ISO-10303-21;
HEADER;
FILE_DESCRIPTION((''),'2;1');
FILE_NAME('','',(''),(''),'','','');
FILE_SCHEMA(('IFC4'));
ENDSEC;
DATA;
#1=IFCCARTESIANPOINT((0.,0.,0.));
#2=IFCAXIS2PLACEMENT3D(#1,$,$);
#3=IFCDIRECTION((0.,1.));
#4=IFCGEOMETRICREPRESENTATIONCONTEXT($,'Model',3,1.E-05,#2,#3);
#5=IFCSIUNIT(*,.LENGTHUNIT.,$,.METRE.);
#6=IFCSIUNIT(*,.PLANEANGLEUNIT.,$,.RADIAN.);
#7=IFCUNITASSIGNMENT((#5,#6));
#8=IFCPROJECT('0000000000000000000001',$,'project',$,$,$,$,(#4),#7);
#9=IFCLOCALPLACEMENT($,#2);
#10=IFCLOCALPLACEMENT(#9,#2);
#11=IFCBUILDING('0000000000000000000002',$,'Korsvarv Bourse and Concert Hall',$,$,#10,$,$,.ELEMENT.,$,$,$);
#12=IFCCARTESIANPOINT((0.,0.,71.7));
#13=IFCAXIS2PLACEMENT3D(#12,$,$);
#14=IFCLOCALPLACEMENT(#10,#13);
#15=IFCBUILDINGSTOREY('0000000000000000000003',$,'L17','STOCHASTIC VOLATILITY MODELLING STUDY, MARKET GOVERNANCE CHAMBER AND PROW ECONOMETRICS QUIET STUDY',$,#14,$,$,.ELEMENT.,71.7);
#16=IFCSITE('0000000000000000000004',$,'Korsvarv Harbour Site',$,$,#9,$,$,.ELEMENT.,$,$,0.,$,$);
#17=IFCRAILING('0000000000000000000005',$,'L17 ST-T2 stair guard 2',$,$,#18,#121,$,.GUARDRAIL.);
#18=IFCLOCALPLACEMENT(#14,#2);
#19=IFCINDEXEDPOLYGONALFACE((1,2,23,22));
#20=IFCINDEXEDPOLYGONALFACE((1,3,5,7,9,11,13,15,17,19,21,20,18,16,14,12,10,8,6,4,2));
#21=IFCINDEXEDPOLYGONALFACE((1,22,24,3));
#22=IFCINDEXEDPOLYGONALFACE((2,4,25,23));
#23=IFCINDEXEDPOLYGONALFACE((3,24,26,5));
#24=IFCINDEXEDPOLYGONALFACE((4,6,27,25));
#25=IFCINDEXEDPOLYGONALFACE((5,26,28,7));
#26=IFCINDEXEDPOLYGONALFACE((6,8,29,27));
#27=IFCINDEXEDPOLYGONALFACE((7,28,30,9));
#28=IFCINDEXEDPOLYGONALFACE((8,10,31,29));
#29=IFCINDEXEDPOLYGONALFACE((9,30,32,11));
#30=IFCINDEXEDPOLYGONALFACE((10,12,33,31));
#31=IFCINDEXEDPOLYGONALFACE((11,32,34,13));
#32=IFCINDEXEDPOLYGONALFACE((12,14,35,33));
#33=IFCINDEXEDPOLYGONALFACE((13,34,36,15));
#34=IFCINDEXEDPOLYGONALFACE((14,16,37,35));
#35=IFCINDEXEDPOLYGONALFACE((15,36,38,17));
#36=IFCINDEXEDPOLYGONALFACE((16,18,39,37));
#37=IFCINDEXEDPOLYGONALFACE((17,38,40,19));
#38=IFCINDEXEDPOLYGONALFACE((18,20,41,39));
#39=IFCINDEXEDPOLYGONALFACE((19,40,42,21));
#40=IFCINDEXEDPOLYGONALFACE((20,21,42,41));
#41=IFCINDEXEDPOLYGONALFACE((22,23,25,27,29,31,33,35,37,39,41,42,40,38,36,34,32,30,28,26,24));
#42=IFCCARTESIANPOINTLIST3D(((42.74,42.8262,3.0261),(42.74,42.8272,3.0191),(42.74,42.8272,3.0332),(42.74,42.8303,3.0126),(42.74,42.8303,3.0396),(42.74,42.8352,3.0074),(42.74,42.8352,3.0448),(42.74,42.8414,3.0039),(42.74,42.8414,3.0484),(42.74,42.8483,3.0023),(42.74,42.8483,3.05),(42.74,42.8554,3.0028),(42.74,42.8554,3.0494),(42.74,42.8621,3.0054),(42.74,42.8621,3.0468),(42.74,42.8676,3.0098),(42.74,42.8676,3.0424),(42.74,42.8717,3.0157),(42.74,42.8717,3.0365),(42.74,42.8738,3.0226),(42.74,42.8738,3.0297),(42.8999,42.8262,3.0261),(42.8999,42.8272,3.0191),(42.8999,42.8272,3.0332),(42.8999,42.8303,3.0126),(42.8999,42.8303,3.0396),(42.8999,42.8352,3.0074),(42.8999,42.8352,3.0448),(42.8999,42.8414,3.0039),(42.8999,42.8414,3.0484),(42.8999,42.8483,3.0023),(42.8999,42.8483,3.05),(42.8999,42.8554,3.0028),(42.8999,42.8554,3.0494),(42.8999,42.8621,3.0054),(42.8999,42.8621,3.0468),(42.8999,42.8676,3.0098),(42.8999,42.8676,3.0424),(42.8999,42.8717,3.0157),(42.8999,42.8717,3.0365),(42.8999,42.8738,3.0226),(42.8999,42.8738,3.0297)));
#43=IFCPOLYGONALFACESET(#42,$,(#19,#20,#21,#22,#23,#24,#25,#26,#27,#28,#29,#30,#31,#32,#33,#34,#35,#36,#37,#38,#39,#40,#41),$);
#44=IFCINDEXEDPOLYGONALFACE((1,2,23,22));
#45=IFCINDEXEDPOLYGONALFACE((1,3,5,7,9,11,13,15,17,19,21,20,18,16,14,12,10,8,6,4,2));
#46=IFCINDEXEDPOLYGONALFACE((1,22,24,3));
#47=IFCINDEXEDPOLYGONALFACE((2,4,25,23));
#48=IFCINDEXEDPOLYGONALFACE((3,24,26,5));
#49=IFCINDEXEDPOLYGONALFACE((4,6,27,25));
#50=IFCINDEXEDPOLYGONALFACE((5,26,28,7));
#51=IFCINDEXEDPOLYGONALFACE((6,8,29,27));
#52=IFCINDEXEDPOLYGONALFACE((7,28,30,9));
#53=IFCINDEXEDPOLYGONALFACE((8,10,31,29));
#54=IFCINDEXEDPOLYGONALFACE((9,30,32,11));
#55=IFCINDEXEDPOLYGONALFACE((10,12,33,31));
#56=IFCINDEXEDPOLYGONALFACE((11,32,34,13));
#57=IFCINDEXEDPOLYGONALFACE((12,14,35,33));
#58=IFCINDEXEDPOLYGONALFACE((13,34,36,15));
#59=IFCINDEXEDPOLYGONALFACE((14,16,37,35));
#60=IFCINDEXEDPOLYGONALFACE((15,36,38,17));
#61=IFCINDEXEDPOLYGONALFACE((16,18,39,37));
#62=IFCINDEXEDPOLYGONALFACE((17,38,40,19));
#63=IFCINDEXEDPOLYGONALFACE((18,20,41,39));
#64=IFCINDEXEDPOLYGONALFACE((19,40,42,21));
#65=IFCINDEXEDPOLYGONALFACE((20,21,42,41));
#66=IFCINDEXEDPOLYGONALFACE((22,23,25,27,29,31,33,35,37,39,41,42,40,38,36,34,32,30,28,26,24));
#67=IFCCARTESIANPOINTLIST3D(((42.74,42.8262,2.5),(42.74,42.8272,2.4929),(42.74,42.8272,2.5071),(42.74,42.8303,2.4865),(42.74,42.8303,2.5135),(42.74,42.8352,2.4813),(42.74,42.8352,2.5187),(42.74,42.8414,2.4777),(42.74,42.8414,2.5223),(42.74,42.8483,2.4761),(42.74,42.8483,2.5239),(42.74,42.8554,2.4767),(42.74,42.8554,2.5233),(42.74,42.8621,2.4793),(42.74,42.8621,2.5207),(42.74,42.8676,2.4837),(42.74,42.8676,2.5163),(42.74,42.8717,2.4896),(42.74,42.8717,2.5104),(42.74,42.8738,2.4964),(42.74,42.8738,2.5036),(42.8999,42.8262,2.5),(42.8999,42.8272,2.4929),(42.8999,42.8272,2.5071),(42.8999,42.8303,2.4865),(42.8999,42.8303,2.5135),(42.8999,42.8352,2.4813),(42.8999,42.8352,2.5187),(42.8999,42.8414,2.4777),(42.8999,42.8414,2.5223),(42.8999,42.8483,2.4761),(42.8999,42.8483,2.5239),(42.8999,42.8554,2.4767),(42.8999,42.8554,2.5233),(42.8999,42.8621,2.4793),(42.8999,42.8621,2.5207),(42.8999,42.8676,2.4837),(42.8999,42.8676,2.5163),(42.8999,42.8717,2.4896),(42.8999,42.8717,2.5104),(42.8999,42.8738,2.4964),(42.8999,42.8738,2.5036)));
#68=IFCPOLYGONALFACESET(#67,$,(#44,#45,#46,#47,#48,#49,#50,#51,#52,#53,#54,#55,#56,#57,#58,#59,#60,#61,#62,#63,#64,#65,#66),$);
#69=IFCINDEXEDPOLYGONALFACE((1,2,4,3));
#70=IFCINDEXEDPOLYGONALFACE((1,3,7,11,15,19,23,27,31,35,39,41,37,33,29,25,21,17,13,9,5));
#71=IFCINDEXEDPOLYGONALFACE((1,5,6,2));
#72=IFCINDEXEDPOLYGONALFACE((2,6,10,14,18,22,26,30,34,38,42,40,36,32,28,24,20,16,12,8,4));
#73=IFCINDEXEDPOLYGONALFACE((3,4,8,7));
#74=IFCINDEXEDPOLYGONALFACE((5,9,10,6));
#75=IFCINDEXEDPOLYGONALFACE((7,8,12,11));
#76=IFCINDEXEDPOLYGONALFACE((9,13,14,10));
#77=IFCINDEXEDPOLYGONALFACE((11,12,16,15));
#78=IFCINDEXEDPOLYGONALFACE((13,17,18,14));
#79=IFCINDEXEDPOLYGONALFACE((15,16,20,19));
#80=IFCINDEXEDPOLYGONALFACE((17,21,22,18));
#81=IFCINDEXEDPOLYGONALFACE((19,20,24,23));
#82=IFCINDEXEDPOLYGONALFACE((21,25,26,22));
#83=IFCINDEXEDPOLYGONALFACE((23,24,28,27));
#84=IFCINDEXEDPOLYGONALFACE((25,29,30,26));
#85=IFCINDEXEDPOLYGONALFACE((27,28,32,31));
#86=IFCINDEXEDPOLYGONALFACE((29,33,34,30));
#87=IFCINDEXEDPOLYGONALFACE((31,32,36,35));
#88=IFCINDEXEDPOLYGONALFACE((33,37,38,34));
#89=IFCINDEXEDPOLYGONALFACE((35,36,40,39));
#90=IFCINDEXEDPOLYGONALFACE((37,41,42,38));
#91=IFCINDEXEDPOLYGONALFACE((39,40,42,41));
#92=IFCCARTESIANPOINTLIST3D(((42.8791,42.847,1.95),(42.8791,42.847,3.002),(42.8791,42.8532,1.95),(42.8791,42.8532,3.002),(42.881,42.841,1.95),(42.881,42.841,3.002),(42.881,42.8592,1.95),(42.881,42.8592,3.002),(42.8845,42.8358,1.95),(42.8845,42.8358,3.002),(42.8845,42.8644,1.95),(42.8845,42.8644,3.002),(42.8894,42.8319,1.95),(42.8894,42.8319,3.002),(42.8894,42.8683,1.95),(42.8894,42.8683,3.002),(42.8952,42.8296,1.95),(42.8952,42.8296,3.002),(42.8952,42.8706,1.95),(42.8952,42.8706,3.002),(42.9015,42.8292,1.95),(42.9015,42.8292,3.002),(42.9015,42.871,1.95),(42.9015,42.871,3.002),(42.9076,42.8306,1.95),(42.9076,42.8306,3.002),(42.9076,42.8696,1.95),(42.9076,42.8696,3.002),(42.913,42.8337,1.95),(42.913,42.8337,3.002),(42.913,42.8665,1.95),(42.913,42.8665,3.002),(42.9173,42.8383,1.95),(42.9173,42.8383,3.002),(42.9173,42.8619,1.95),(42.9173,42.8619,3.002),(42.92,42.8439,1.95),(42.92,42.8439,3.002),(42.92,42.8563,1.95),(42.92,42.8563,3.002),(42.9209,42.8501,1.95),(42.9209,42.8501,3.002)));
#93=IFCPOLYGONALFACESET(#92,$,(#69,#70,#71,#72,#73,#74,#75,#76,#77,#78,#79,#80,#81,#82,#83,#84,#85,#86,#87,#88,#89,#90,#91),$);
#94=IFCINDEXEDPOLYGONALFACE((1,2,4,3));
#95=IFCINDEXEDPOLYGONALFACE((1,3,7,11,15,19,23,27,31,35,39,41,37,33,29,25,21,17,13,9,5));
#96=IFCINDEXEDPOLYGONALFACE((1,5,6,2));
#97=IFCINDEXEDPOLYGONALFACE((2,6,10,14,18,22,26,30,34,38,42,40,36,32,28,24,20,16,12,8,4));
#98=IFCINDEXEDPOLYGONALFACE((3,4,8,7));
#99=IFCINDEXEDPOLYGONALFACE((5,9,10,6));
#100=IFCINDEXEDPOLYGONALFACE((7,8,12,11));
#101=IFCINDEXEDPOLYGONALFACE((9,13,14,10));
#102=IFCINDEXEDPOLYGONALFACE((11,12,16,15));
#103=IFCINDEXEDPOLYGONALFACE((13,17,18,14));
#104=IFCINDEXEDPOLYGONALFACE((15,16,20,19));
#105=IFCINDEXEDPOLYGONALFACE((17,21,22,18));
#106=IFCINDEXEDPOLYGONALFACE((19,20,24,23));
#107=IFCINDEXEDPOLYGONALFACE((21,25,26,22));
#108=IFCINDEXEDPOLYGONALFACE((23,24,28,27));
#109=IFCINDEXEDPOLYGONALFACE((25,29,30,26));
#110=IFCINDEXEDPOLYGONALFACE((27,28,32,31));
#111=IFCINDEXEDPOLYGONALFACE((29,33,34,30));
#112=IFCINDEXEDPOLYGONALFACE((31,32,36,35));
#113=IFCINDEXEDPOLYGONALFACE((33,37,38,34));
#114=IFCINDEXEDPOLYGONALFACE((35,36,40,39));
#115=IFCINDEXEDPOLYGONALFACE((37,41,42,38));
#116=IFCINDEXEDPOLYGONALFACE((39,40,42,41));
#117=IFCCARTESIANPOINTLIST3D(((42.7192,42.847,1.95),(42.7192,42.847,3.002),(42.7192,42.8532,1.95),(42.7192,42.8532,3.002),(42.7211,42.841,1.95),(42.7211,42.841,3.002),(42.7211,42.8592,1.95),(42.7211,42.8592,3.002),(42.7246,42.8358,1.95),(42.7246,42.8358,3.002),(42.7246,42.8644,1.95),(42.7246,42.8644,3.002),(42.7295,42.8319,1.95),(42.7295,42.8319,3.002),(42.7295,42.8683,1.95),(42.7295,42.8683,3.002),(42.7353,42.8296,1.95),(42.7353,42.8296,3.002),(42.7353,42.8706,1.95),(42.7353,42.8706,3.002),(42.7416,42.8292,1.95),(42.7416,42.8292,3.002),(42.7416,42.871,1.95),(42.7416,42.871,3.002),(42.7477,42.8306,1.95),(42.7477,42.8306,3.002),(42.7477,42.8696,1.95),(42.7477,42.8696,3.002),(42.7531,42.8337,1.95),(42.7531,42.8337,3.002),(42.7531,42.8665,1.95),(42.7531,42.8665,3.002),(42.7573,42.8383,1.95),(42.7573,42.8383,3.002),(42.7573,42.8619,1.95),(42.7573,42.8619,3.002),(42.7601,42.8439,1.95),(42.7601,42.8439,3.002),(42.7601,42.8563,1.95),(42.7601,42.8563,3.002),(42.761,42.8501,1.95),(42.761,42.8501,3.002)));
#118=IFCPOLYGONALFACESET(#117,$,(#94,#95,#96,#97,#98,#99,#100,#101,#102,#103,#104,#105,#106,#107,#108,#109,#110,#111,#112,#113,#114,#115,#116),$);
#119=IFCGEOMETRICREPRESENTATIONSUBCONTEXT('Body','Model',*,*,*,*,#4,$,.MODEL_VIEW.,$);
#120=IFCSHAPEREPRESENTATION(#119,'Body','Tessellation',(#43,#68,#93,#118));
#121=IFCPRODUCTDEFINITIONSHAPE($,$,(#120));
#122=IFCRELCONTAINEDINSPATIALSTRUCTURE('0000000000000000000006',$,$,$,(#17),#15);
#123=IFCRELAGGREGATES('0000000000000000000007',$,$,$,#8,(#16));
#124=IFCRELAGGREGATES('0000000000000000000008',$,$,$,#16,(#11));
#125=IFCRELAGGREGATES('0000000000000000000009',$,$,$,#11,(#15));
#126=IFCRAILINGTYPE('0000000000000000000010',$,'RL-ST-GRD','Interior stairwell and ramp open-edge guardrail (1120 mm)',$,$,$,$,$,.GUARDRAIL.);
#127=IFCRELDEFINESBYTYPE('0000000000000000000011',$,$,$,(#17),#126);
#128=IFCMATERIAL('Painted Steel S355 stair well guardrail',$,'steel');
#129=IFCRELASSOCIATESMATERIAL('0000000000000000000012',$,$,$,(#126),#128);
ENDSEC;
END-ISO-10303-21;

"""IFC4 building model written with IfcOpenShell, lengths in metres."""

from ifc_helpers import new_model, si_unit, direction, frame, origin, origin_2d, place, context, subcontext, project, spatial, circle, extrude, material, type_object, element, save


model = new_model("IFC4")

# Units and contexts
model_context = context("Model", 3, precision=1e-05, world=origin(), true_north=direction((0.0, 1.0)))
body_context = subcontext(model_context, "Body", "Model", "MODEL_VIEW")
ifc_project = project(units=[si_unit("LENGTHUNIT", "METRE"), si_unit("PLANEANGLEUNIT", "RADIAN")], contexts=[model_context])

# Site, building, storey
site_placement = place(None, origin())
site = spatial("IfcSite", under=ifc_project, at=site_placement, Name="Korsvarv Harbour Site", CompositionType="ELEMENT", RefElevation=0.0)
building_placement = place(site_placement, origin())
building = spatial("IfcBuilding", under=site, at=building_placement, Name="Korsvarv Bourse and Concert Hall", CompositionType="ELEMENT")
storey_placement = place(building_placement, frame((0.0, 0.0, 71.7)))
storey = spatial("IfcBuildingStorey", under=building, at=storey_placement, Name="L17", Description="STOCHASTIC VOLATILITY MODELLING STUDY, MARKET GOVERNANCE CHAMBER AND PROW ECONOMETRICS QUIET STUDY", CompositionType="ELEMENT", Elevation=71.7)

# Railing
ifc_material_1 = material(Name="Painted Steel S355 stair well guardrail", Category="steel")
railing_type_1 = type_object("IfcRailingType", Name="RL-ST-GRD", Description="Interior stairwell and ramp open-edge guardrail (1120 mm)", PredefinedType="GUARDRAIL", material=ifc_material_1)
railing_1_placement = place(storey_placement, frame((42.8999, 42.8501, 1.95)))
element("IfcRailing", 1, at=railing_1_placement, inside=storey, type_object=railing_type_1, Name="L17 ST-T2 stair guard 2", PredefinedType="GUARDRAIL", context=body_context, shape_type="SweptSolid", body=[
    extrude(circle(Radius=0.0239, at=origin_2d()), frame((0.0, 0.0, 1.0762), z_axis=(-1.0, 0.0, 0.0), x_axis=(0.0, -1.0, 0.0)), (0.0, 0.0, 1.0), 0.1599),
    extrude(circle(Radius=0.0239, at=origin_2d()), frame((0.0, 0.0, 0.55), z_axis=(-1.0, 0.0, 0.0), x_axis=(0.0, -1.0, 0.0)), (0.0, 0.0, 1.0), 0.1599),
    extrude(circle(Radius=0.021, at=origin_2d()), origin(), (0.0, 0.0, 1.0), 1.052),
    extrude(circle(Radius=0.021, at=origin_2d()), frame((-0.1599, 0.0, 0.0)), (0.0, 0.0, 1.0), 1.052),
])

save(model, "model.ifc")
